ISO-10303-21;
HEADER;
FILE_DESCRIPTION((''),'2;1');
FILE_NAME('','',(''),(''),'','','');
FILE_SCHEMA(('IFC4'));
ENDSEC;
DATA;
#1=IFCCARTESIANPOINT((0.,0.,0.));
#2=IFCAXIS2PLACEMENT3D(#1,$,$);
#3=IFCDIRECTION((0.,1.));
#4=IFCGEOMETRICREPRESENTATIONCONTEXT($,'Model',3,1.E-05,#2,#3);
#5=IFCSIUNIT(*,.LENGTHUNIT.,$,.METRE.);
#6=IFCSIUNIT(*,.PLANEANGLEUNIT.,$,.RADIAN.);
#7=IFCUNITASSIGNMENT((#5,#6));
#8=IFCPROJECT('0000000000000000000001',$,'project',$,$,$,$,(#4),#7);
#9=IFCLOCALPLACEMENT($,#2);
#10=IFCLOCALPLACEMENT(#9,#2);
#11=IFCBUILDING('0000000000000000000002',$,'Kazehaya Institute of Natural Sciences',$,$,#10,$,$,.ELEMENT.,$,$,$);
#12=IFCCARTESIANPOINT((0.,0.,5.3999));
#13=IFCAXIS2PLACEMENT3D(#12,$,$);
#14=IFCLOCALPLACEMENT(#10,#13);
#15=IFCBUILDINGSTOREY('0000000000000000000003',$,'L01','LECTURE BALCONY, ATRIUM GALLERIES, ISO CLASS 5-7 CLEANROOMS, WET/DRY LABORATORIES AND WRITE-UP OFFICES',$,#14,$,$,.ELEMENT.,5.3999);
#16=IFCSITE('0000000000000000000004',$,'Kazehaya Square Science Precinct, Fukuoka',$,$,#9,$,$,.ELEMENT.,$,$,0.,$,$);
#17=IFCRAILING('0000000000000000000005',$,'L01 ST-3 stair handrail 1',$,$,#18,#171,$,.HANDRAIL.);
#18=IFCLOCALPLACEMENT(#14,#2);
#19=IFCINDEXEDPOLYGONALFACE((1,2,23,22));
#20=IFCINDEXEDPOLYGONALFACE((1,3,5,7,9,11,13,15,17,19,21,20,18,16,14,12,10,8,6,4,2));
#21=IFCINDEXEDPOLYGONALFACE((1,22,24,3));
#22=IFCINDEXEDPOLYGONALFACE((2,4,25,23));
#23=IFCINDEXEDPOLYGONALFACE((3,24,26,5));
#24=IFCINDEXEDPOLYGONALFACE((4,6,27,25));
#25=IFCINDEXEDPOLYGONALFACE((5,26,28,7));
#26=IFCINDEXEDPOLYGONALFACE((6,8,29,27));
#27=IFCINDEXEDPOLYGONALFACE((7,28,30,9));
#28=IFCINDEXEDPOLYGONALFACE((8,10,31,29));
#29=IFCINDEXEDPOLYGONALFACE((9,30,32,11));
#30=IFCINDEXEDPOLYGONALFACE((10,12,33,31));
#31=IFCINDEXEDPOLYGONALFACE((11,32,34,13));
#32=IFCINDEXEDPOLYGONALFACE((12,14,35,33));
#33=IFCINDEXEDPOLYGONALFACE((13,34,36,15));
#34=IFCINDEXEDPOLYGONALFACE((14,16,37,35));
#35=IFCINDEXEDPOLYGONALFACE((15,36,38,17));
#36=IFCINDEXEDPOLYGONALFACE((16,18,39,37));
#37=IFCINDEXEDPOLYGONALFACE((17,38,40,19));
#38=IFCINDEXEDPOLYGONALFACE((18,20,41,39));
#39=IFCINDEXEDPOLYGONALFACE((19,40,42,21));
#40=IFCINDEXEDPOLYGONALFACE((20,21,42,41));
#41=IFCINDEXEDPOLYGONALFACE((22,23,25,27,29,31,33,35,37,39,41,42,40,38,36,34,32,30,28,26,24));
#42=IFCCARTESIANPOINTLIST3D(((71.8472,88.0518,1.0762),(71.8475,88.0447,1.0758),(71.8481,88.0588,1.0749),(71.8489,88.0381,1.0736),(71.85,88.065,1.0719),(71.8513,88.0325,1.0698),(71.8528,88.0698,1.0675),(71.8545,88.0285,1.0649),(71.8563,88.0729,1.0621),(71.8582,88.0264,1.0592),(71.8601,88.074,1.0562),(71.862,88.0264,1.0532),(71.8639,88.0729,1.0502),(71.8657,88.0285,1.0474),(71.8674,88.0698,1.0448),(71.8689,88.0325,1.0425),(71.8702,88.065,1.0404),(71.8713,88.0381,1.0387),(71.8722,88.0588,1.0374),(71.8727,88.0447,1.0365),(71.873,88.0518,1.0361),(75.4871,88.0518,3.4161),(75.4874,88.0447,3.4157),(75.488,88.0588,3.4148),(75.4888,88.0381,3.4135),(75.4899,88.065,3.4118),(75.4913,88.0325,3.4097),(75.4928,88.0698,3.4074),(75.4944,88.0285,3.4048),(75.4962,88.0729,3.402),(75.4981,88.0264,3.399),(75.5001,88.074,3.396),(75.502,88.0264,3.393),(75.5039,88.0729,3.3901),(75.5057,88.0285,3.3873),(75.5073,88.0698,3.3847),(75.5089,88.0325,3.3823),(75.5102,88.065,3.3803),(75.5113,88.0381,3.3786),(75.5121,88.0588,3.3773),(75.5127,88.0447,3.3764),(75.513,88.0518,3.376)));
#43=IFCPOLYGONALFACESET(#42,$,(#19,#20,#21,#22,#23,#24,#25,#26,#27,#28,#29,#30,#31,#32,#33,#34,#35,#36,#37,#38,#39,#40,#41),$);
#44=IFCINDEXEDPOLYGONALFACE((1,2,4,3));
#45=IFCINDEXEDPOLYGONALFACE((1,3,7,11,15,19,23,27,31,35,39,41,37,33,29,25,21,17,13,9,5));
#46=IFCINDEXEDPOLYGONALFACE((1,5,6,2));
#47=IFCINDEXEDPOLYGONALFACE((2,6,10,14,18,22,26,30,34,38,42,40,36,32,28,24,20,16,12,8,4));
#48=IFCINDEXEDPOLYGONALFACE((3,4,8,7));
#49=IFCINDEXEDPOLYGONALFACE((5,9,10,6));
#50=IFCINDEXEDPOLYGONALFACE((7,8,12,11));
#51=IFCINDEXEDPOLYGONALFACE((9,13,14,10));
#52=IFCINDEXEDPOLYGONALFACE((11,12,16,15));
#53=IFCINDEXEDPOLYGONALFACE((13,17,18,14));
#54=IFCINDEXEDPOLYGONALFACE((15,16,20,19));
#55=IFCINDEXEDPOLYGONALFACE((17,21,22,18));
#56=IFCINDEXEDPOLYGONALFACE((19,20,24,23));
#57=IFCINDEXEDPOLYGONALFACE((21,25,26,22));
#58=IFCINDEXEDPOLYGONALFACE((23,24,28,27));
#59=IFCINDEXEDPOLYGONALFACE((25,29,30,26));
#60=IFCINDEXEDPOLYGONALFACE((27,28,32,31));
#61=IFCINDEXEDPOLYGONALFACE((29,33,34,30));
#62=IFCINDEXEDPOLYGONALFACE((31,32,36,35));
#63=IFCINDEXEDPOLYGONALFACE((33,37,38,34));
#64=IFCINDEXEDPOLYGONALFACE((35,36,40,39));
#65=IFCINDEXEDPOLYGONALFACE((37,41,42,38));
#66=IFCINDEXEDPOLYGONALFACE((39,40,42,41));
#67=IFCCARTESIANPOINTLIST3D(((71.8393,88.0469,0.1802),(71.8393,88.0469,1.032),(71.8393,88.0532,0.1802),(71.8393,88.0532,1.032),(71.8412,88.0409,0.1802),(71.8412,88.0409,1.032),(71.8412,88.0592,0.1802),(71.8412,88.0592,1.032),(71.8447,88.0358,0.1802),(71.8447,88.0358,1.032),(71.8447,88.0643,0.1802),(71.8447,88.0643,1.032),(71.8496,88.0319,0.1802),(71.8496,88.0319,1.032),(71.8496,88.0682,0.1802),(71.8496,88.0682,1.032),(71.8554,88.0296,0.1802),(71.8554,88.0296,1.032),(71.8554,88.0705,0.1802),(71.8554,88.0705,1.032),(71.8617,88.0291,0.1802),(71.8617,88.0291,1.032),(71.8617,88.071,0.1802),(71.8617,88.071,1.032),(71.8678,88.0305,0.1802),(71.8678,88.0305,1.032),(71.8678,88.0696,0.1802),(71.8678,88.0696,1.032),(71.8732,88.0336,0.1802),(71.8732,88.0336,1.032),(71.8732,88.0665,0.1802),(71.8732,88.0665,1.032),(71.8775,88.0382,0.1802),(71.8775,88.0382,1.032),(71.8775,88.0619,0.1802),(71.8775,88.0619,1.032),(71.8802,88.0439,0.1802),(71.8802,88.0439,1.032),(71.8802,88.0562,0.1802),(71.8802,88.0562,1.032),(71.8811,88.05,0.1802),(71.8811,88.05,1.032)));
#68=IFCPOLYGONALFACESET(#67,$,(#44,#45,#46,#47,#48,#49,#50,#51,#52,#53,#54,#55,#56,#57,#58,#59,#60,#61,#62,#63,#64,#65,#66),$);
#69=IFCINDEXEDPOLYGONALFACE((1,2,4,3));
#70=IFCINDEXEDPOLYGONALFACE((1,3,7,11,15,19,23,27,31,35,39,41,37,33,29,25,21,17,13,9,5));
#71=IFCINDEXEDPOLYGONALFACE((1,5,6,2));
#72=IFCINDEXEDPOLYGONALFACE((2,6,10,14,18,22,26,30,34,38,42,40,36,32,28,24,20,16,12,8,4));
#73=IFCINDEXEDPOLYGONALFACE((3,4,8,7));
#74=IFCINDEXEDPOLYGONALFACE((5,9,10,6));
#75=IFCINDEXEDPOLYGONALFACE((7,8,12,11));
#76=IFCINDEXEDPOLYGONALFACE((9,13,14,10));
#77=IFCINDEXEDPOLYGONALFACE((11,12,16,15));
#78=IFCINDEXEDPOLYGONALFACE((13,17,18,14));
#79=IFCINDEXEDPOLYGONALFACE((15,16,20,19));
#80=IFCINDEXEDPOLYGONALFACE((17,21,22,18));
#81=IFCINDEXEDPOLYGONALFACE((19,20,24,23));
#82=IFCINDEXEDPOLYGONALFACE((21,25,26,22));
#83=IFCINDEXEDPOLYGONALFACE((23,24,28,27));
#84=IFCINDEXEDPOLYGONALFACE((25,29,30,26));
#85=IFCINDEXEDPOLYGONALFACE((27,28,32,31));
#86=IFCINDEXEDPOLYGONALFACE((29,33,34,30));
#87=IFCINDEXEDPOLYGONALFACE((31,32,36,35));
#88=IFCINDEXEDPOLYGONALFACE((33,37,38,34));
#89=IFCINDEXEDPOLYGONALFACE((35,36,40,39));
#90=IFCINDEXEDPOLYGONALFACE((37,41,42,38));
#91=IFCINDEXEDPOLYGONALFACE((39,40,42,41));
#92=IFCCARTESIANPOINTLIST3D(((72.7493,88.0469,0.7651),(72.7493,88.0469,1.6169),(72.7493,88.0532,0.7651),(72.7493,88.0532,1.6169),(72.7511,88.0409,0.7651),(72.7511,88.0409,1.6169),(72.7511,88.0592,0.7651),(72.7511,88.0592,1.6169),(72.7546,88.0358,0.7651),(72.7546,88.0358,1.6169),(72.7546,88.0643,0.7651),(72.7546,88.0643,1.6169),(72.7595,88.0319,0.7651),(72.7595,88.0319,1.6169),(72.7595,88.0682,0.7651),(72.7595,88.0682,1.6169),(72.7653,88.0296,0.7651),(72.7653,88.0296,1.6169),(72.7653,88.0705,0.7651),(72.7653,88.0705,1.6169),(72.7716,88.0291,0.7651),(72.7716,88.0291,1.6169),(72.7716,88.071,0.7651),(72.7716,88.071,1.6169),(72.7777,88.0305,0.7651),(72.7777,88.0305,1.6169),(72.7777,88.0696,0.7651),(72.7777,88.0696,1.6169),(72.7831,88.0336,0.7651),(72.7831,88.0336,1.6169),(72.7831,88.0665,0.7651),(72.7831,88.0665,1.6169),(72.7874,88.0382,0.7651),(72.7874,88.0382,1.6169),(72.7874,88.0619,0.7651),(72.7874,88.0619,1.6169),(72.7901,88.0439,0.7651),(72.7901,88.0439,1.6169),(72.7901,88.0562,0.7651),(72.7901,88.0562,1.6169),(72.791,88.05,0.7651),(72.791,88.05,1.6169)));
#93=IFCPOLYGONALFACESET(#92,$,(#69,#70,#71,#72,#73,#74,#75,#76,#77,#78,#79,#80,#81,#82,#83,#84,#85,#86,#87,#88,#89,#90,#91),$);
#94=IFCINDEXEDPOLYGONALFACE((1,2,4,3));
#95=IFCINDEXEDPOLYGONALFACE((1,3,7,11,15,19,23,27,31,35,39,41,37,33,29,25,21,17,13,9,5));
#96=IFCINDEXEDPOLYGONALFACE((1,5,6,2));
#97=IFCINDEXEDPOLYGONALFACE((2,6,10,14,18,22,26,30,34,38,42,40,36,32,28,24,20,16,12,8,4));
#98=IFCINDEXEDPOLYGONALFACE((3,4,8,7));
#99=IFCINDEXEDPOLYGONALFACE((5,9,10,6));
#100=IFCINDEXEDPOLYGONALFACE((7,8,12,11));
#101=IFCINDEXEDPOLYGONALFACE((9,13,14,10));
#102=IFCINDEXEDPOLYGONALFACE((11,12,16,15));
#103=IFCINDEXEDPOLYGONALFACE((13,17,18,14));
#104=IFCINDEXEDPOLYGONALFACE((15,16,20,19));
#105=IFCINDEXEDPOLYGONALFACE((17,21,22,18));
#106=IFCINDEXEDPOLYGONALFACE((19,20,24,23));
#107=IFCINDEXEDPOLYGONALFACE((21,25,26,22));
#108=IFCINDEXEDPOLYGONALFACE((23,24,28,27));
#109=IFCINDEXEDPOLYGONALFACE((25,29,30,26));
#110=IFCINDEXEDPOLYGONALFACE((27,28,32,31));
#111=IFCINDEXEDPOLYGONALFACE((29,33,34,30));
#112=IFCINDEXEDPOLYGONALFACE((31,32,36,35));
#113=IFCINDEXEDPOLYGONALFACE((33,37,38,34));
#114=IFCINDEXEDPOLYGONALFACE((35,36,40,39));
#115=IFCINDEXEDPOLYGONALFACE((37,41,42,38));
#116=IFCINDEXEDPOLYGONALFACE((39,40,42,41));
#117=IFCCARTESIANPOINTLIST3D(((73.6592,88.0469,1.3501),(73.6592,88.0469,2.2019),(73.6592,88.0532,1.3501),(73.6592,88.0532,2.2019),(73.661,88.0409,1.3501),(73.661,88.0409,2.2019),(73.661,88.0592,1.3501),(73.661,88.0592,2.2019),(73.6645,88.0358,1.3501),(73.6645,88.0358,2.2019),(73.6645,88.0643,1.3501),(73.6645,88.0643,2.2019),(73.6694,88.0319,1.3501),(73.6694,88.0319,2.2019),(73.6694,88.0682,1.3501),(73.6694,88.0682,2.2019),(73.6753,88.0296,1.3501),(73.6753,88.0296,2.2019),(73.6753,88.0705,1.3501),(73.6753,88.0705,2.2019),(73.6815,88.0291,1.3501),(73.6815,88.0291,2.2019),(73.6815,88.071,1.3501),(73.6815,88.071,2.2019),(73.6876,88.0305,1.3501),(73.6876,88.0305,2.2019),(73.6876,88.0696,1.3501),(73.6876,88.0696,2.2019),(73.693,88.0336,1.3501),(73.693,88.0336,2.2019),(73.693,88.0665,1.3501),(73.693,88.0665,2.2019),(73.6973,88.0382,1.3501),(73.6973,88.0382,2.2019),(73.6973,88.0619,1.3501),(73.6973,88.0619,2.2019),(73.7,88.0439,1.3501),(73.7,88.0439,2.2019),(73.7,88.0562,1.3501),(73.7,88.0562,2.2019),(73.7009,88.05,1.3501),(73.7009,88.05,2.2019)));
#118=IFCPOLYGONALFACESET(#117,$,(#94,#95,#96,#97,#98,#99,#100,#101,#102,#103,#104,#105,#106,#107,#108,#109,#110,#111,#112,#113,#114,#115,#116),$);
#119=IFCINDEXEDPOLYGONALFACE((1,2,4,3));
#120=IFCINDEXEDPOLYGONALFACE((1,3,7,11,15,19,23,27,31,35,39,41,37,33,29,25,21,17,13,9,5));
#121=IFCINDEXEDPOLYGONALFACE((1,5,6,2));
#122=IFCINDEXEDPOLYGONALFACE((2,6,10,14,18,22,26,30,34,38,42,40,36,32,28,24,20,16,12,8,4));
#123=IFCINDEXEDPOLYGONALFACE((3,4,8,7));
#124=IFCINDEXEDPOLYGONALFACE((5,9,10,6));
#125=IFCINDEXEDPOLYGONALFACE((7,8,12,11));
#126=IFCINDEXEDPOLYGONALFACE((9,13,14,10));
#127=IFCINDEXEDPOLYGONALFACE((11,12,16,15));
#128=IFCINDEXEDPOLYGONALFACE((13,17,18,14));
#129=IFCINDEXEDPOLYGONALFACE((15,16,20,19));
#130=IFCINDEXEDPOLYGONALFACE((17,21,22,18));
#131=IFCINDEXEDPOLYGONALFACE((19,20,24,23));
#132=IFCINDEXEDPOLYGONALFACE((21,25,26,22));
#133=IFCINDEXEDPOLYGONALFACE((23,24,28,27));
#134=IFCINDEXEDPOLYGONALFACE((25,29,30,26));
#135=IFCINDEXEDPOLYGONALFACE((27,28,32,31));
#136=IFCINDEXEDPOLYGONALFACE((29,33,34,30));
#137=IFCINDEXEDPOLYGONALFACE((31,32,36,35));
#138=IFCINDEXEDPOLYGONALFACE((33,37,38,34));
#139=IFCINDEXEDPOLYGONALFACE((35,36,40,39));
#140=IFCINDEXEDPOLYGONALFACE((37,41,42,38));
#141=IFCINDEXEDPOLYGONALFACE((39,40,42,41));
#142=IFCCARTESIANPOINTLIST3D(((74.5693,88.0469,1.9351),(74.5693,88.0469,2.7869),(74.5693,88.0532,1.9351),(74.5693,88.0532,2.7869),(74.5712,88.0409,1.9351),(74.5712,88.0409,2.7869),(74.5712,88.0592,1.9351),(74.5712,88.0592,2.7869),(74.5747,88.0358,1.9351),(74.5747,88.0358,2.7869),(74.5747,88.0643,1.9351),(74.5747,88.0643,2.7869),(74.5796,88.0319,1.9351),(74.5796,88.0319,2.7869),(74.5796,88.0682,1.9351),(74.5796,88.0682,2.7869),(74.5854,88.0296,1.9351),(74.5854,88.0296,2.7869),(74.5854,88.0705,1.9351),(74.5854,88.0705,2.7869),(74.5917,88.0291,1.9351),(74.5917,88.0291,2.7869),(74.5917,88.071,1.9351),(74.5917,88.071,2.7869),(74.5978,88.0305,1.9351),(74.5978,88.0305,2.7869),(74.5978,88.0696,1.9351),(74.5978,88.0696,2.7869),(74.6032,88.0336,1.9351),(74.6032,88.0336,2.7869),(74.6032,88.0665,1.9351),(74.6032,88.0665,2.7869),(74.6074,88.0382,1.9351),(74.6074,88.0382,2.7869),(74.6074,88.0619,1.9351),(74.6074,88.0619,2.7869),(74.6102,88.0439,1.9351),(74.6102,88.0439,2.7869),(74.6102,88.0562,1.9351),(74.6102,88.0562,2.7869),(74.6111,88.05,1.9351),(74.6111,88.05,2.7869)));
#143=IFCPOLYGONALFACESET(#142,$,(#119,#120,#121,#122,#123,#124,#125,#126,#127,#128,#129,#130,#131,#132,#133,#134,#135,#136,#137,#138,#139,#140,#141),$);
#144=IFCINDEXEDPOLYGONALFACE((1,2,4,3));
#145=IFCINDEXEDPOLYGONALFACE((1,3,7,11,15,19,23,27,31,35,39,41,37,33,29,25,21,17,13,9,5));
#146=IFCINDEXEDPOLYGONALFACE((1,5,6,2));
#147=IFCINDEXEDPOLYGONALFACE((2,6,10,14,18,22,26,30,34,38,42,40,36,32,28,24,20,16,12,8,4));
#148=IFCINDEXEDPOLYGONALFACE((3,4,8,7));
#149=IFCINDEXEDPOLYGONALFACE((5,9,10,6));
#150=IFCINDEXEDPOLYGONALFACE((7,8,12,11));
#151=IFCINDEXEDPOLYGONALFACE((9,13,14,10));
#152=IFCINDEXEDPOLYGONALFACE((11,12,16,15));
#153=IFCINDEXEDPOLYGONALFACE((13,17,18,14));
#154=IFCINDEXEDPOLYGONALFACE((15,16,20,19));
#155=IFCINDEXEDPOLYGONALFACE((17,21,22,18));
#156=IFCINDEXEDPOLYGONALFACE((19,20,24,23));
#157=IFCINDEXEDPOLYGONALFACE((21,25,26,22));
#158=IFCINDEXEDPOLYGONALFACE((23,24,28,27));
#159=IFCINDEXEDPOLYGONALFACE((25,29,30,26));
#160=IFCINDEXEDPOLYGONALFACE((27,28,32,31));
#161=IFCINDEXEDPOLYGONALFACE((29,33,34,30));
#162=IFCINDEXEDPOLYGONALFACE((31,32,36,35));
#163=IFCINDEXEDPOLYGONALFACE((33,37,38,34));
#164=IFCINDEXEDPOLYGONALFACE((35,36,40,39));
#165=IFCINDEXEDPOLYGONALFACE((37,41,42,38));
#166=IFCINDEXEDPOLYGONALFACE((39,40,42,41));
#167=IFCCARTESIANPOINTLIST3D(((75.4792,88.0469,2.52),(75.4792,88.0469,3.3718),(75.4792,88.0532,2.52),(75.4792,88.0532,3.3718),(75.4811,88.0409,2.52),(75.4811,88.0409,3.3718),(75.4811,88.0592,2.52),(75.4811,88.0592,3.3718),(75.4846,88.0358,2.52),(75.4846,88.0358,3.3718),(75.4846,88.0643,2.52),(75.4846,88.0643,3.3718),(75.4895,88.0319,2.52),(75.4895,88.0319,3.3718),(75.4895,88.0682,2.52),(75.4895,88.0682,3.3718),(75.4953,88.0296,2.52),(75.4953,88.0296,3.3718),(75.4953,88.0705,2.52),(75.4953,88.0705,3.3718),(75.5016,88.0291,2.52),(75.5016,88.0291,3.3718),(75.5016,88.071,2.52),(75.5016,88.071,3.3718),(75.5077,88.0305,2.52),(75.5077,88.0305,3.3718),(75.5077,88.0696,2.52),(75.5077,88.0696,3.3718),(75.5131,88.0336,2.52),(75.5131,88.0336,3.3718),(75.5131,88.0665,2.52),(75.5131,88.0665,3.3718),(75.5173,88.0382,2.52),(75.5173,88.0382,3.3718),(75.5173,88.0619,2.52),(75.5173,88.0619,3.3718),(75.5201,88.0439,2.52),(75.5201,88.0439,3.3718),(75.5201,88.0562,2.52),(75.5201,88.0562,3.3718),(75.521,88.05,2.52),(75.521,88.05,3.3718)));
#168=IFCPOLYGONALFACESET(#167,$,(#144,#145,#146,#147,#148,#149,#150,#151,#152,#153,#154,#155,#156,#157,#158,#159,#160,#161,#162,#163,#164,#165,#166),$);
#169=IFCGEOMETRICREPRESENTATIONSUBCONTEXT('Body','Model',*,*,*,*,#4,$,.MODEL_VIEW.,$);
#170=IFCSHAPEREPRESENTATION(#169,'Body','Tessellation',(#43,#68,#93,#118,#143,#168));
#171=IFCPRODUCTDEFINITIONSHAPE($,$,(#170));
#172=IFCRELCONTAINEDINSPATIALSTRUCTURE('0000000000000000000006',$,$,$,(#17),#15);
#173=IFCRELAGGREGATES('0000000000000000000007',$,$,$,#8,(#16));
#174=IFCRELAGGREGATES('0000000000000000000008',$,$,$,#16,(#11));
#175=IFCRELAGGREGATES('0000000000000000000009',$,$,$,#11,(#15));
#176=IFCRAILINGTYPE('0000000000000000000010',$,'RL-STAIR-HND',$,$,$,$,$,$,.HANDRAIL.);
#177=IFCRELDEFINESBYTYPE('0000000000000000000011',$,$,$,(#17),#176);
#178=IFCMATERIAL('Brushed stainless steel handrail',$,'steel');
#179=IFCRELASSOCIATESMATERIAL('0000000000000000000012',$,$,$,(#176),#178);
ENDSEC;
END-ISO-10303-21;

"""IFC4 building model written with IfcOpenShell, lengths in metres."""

from ifc_helpers import new_model, si_unit, direction, frame, origin, origin_2d, place, context, subcontext, project, spatial, circle, extrude, material, type_object, element, save


model = new_model("IFC4")

# Units and contexts
model_context = context("Model", 3, precision=1e-05, world=origin(), true_north=direction((0.0, 1.0)))
body_context = subcontext(model_context, "Body", "Model", "MODEL_VIEW")
ifc_project = project(units=[si_unit("LENGTHUNIT", "METRE"), si_unit("PLANEANGLEUNIT", "RADIAN")], contexts=[model_context])

# Site, building, storey
site_placement = place(None, origin())
site = spatial("IfcSite", under=ifc_project, at=site_placement, Name="Kazehaya Square Science Precinct, Fukuoka", CompositionType="ELEMENT", RefElevation=0.0)
building_placement = place(site_placement, origin())
building = spatial("IfcBuilding", under=site, at=building_placement, Name="Kazehaya Institute of Natural Sciences", CompositionType="ELEMENT")
storey_placement = place(building_placement, frame((0.0, 0.0, 5.3999)))
storey = spatial("IfcBuildingStorey", under=building, at=storey_placement, Name="L01", Description="LECTURE BALCONY, ATRIUM GALLERIES, ISO CLASS 5-7 CLEANROOMS, WET/DRY LABORATORIES AND WRITE-UP OFFICES", CompositionType="ELEMENT", Elevation=5.3999)

# Railing
ifc_material_1 = material(Name="Brushed stainless steel handrail", Category="steel")
railing_type_1 = type_object("IfcRailingType", Name="RL-STAIR-HND", PredefinedType="HANDRAIL", material=ifc_material_1)
railing_1_placement = place(storey_placement, frame((71.8601, 88.05, 0.1802)))
element("IfcRailing", 1, at=railing_1_placement, inside=storey, type_object=railing_type_1, Name="L01 ST-3 stair handrail 1", PredefinedType="HANDRAIL", context=body_context, shape_type="SweptSolid", body=[
    extrude(circle(Radius=0.0239, at=origin_2d()), frame((0.0, 0.0, 0.876), z_axis=(0.841188, 0.0, 0.540743), x_axis=(0.0, 1.0, 0.0)), (0.0, 0.0, 1.0), 4.3271),
    extrude(circle(Radius=0.021, at=origin_2d()), origin(), (0.0, 0.0, 1.0), 0.8518),
    extrude(circle(Radius=0.021, at=origin_2d()), frame((0.9099, 0.0, 0.585)), (0.0, 0.0, 1.0), 0.8518),
    extrude(circle(Radius=0.021, at=origin_2d()), frame((1.8198, 0.0, 1.1699)), (0.0, 0.0, 1.0), 0.8518),
    extrude(circle(Radius=0.021, at=origin_2d()), frame((2.73, 0.0, 1.7549)), (0.0, 0.0, 1.0), 0.8518),
    extrude(circle(Radius=0.021, at=origin_2d()), frame((3.6399, 0.0, 2.3398)), (0.0, 0.0, 1.0), 0.8518),
])

save(model, "model.ifc")
